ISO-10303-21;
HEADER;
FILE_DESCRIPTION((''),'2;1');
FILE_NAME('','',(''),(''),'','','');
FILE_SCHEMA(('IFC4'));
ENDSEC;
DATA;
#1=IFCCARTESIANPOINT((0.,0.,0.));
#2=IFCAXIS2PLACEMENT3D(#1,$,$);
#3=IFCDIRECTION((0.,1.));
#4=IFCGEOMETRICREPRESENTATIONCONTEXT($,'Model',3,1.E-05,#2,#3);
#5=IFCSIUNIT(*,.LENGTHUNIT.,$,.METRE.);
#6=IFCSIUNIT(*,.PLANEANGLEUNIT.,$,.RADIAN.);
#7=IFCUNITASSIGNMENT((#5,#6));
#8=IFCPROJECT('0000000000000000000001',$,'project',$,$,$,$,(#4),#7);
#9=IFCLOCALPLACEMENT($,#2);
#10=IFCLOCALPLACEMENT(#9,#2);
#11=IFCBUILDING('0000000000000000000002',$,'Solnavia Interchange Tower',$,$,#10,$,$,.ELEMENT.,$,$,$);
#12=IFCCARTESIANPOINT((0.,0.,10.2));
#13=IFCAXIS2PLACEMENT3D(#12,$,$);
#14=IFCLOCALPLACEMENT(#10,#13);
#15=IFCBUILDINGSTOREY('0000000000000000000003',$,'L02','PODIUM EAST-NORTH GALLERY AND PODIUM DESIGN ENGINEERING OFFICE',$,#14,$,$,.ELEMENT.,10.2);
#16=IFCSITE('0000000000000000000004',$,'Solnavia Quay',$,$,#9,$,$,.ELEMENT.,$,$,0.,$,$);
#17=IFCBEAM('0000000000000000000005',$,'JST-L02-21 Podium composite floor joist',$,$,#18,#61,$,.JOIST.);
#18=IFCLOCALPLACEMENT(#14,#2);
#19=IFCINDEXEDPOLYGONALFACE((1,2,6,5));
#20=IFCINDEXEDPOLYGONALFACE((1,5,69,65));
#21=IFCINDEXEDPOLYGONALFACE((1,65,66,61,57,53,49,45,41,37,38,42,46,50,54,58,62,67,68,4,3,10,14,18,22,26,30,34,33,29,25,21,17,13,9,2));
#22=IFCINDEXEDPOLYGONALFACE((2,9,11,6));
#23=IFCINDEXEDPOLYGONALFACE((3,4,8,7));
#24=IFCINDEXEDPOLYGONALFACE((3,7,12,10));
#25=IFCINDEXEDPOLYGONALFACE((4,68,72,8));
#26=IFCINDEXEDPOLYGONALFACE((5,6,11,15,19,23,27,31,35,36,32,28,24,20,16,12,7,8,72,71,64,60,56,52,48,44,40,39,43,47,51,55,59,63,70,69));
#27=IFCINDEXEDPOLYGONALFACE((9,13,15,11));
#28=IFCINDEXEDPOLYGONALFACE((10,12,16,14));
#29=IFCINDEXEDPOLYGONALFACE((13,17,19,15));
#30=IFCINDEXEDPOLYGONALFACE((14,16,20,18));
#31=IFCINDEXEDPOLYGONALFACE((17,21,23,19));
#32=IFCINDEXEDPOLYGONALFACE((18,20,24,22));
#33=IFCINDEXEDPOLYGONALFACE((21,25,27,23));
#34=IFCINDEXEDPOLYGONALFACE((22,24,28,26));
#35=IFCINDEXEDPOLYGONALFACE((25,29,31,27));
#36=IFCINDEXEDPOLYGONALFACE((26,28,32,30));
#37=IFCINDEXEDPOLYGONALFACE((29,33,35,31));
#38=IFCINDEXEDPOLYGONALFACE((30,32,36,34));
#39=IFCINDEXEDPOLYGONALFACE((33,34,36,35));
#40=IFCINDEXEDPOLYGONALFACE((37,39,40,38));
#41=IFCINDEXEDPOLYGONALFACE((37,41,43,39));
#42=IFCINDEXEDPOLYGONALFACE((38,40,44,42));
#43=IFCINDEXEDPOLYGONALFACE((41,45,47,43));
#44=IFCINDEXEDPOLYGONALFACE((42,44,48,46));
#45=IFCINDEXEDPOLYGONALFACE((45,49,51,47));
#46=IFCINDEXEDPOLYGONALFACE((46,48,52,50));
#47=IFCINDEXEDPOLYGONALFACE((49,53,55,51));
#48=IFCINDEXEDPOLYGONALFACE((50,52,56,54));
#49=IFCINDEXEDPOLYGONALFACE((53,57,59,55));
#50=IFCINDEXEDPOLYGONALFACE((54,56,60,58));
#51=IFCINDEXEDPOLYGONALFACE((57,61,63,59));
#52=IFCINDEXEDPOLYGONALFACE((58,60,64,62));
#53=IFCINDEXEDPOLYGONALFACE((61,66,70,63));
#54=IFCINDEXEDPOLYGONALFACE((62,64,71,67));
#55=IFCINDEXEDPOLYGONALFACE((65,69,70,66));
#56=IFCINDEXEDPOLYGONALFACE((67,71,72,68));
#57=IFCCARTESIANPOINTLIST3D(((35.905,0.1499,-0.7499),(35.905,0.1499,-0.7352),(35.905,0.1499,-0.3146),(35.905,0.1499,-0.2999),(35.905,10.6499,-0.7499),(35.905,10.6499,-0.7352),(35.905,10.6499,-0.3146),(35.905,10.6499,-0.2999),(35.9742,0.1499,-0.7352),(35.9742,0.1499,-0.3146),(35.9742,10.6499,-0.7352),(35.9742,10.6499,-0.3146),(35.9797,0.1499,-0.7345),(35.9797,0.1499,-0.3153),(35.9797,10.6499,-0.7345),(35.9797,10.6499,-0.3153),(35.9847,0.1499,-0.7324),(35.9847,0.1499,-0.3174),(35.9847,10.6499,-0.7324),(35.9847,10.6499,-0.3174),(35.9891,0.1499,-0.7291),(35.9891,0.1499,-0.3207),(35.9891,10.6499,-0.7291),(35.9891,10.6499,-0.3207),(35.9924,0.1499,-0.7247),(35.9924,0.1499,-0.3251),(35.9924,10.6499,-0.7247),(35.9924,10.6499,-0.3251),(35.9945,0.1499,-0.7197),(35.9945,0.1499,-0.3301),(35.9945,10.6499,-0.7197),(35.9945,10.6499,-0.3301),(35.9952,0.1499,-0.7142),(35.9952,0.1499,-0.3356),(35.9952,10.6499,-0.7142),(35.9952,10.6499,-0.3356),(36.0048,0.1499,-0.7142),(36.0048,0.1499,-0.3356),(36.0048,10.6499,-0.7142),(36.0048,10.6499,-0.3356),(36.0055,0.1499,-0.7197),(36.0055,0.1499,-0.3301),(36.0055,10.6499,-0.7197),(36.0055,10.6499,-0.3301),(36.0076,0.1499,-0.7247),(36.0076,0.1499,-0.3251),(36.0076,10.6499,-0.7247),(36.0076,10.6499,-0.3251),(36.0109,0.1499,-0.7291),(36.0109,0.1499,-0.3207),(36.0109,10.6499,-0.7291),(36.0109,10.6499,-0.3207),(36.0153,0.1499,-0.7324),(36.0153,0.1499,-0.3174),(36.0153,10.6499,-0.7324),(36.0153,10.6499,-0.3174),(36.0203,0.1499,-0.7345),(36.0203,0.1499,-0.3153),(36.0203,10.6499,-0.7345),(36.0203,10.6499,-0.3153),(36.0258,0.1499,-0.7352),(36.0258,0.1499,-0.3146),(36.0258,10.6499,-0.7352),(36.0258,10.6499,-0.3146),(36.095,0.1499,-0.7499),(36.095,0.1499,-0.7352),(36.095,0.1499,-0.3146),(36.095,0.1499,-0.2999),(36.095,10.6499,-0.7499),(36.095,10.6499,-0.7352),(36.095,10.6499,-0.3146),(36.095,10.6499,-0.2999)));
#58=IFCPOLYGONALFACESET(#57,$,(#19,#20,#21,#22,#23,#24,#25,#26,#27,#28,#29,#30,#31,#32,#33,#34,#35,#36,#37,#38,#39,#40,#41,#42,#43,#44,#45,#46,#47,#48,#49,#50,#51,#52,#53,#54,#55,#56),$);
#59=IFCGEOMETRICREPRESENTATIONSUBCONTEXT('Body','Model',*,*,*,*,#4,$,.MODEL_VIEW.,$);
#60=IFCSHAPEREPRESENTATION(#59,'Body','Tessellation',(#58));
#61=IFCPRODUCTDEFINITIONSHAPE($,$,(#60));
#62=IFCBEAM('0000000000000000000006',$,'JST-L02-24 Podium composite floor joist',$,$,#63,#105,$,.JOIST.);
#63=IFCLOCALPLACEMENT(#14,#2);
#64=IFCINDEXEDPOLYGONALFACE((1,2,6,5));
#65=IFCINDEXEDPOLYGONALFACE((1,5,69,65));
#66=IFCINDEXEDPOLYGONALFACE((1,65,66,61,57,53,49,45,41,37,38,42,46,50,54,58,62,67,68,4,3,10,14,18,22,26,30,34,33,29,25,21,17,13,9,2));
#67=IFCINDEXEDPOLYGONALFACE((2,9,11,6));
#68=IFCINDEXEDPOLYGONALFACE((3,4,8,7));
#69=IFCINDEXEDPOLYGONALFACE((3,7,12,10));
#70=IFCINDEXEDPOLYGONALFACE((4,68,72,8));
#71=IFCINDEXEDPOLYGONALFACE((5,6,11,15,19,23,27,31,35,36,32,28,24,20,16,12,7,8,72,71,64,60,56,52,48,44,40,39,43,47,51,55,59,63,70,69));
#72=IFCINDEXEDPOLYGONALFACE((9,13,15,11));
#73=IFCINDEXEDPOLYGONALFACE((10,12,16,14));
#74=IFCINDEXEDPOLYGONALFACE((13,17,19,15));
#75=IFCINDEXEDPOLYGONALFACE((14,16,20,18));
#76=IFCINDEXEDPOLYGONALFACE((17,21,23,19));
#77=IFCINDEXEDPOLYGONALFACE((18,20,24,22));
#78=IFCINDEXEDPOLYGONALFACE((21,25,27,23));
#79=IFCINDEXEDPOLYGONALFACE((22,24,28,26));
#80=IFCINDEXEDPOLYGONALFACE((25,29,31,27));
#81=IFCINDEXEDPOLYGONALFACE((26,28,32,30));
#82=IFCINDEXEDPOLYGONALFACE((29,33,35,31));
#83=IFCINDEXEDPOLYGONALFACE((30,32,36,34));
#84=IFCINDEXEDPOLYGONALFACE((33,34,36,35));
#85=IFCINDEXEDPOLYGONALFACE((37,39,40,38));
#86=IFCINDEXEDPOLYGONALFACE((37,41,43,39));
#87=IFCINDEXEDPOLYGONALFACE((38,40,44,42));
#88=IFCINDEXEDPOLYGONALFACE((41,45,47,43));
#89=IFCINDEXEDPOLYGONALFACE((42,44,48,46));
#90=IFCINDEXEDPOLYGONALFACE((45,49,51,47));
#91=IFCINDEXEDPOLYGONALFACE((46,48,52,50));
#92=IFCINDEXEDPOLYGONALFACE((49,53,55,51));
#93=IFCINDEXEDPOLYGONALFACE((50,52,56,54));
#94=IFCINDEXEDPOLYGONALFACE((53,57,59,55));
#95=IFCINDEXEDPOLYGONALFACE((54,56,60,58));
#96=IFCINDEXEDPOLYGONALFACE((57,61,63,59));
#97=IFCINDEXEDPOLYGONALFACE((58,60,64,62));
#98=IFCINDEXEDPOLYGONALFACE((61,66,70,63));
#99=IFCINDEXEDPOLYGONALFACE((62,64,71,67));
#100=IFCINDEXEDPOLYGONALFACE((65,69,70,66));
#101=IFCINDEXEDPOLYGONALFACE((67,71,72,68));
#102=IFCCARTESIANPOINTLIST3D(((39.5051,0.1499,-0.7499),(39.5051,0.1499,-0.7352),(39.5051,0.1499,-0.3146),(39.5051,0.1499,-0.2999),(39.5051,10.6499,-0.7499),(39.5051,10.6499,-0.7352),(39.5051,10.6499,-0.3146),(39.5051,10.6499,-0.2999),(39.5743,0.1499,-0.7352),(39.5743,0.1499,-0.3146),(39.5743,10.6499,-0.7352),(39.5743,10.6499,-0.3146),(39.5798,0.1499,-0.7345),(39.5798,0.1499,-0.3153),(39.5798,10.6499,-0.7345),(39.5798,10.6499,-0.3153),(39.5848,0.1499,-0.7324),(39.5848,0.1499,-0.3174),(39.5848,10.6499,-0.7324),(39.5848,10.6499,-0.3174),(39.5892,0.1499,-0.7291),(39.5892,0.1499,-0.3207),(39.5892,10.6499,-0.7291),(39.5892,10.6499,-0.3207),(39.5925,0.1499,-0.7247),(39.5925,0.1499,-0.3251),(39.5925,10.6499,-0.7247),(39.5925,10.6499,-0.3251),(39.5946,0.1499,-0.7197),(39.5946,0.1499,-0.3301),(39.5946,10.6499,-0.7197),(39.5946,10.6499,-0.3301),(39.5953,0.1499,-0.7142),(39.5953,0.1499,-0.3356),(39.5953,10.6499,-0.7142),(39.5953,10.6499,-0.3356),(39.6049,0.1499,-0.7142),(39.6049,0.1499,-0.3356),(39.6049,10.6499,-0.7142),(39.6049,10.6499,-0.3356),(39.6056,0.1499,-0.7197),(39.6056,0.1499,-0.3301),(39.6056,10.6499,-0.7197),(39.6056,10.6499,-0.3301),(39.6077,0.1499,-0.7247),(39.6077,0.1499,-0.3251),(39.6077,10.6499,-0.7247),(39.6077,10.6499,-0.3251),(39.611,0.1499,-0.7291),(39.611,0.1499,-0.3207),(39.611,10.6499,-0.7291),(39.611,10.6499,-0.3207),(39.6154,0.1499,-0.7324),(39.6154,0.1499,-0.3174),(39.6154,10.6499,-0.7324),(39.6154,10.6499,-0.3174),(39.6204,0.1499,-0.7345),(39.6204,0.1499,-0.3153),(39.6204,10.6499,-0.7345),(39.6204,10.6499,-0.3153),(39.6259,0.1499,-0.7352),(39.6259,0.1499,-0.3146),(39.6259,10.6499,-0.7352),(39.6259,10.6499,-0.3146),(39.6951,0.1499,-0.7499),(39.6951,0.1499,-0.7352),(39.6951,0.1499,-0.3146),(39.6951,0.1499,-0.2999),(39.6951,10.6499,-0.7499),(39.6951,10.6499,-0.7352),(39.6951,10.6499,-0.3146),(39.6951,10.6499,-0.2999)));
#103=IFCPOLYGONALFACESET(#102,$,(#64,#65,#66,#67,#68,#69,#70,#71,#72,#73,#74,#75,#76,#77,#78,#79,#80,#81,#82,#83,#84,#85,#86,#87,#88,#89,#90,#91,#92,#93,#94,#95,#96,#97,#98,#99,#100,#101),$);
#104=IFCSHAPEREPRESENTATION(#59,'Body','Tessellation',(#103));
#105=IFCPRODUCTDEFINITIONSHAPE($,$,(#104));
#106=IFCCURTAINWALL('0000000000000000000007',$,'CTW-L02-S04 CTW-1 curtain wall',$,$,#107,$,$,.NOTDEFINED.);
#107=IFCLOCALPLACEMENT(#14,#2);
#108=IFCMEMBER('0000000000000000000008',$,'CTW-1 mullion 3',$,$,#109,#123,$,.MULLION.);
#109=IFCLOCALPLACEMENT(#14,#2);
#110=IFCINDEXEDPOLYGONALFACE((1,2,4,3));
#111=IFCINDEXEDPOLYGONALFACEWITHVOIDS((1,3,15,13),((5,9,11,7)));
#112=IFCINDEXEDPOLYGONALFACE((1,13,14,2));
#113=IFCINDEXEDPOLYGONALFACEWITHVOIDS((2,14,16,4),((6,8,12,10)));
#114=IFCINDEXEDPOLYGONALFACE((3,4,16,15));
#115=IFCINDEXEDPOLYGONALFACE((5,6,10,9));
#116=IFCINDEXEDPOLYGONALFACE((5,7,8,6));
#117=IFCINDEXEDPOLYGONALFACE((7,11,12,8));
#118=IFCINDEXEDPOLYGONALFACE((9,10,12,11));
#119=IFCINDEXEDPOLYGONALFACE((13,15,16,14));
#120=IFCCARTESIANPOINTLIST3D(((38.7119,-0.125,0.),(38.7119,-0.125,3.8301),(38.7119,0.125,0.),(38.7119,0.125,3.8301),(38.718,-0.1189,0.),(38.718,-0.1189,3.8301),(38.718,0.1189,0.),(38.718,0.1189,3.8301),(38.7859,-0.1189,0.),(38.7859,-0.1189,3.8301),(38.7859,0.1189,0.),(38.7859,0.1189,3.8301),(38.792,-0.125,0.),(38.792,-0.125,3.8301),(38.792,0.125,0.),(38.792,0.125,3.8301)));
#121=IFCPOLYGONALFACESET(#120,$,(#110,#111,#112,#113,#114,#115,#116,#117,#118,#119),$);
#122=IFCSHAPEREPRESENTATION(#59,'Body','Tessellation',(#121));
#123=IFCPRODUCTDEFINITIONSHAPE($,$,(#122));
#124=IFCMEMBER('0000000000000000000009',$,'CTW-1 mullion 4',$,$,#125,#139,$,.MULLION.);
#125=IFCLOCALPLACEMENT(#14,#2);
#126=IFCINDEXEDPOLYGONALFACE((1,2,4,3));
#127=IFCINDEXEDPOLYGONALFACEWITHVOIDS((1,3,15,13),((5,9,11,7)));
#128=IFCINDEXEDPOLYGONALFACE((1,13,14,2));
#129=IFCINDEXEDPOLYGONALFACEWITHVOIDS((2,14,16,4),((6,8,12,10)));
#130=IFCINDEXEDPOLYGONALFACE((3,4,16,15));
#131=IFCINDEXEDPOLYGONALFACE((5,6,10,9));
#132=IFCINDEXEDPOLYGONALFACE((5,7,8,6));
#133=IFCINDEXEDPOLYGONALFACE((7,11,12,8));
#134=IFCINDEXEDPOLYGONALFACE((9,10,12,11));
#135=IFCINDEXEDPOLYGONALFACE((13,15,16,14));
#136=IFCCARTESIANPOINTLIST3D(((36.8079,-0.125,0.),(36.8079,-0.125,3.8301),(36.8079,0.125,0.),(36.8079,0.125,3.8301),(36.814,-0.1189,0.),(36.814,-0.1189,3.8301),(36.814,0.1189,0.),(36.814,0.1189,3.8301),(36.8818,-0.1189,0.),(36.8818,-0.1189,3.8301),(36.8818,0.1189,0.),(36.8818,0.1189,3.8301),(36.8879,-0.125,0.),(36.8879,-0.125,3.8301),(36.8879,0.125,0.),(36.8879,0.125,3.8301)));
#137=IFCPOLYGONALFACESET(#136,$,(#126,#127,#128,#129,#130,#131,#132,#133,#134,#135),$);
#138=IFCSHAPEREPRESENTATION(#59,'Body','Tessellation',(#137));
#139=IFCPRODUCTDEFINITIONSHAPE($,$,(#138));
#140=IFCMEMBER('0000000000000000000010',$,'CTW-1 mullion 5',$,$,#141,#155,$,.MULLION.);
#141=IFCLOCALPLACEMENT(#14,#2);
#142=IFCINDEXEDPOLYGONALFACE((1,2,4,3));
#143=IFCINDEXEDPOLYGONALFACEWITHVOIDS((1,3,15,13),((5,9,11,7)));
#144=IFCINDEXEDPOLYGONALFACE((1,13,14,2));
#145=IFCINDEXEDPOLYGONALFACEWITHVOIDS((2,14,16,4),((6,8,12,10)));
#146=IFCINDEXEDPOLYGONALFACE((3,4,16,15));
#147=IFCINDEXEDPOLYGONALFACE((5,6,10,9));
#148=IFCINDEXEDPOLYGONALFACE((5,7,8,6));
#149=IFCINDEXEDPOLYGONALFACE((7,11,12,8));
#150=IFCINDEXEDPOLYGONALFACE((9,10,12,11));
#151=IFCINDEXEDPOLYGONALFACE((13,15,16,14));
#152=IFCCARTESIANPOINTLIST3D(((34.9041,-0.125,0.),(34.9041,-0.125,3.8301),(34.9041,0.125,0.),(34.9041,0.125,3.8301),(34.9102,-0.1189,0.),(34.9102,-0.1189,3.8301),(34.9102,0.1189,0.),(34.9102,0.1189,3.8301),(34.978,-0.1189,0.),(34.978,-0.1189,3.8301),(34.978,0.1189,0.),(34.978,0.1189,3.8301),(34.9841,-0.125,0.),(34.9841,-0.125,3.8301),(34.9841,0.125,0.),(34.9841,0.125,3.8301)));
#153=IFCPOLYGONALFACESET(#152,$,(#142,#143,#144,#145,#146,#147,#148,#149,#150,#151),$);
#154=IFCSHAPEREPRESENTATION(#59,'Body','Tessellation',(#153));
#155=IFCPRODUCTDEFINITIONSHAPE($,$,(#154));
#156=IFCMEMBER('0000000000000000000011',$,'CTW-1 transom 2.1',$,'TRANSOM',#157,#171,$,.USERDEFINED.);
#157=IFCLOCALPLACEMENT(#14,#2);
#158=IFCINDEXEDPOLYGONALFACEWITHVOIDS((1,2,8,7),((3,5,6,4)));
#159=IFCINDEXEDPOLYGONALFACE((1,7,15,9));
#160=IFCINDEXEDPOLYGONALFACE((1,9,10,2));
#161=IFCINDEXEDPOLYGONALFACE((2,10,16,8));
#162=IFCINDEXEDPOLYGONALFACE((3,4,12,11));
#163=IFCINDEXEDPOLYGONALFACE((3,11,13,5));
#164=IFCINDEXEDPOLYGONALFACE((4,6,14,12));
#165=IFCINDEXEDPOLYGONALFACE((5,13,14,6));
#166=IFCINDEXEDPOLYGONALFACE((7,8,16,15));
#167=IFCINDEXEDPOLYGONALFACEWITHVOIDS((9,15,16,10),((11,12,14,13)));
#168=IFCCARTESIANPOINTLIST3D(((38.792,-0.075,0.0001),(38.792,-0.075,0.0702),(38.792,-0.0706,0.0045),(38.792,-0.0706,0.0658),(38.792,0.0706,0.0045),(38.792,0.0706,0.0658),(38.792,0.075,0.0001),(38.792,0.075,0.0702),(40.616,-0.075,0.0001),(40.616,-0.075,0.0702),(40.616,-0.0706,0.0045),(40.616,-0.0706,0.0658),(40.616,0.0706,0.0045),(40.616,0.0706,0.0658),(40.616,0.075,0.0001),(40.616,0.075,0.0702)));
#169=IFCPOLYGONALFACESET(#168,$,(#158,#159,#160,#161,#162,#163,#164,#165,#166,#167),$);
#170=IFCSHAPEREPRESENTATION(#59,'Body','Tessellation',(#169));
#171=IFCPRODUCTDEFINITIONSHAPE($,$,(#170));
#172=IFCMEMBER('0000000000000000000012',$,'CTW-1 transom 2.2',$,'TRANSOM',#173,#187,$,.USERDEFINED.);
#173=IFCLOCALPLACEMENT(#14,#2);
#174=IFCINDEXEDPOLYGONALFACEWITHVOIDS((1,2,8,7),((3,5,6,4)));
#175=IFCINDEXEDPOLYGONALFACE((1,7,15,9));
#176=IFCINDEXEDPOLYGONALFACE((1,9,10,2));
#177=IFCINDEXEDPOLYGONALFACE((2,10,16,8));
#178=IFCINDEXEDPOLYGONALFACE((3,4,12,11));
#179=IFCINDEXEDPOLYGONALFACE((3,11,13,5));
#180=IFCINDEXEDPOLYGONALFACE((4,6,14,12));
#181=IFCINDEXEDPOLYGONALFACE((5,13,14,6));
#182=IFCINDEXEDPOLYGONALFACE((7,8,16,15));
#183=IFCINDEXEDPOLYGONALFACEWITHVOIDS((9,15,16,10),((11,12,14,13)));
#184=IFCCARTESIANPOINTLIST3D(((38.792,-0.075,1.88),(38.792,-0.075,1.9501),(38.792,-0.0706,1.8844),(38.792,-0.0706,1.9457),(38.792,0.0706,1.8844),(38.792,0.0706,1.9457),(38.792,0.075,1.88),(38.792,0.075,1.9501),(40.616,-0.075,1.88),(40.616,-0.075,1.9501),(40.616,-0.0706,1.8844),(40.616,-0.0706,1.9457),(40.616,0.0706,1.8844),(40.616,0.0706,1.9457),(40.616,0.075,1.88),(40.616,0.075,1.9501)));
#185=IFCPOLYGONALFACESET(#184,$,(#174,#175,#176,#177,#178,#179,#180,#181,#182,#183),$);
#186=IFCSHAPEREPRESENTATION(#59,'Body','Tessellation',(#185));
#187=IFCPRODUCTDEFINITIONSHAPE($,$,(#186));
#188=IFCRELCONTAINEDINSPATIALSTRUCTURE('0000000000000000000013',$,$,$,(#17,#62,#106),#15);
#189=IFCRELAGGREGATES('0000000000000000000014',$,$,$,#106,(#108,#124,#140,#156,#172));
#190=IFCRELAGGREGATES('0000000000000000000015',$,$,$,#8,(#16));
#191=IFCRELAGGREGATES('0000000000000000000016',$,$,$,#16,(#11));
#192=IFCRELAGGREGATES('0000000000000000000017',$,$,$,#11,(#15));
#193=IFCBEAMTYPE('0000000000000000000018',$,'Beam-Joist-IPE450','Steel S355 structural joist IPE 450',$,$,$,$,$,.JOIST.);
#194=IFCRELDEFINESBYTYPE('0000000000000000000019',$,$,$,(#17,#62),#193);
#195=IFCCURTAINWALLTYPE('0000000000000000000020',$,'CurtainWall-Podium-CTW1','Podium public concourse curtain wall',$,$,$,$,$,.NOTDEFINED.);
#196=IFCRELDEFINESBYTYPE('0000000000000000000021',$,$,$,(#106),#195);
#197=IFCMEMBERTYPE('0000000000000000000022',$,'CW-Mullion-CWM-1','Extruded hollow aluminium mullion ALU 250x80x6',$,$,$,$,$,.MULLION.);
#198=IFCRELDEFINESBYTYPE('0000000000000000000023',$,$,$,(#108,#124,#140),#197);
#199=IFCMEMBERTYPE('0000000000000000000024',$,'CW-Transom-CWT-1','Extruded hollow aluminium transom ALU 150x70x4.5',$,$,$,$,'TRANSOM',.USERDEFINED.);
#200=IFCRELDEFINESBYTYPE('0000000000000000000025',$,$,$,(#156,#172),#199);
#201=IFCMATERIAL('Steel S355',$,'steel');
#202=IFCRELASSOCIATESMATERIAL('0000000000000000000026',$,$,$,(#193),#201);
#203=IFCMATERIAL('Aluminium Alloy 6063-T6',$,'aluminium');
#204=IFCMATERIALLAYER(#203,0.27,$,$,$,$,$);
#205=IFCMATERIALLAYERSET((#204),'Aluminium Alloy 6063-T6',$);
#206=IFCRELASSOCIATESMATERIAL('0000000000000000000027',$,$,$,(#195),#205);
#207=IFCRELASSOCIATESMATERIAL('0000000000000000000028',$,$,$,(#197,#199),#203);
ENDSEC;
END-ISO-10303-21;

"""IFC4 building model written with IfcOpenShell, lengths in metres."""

from ifc_helpers import new_model, si_unit, direction, frame, origin, origin_2d, place, context, subcontext, project, spatial, hollow_rectangle, i_section, extrude, material, layer, layer_set, material_profile, profile_set, type_object, element, aggregate, save


model = new_model("IFC4")

# Units and contexts
model_context = context("Model", 3, precision=1e-05, world=origin(), true_north=direction((0.0, 1.0)))
body_context = subcontext(model_context, "Body", "Model", "MODEL_VIEW")
ifc_project = project(units=[si_unit("LENGTHUNIT", "METRE"), si_unit("PLANEANGLEUNIT", "RADIAN")], contexts=[model_context])

# Site, building, storey
site_placement = place(None, origin())
site = spatial("IfcSite", under=ifc_project, at=site_placement, Name="Solnavia Quay", CompositionType="ELEMENT", RefElevation=0.0)
building_placement = place(site_placement, origin())
building = spatial("IfcBuilding", under=site, at=building_placement, Name="Solnavia Interchange Tower", CompositionType="ELEMENT")
storey_placement = place(building_placement, frame((0.0, 0.0, 10.2)))
storey = spatial("IfcBuildingStorey", under=building, at=storey_placement, Name="L02", Description="PODIUM EAST-NORTH GALLERY AND PODIUM DESIGN ENGINEERING OFFICE", CompositionType="ELEMENT", Elevation=10.2)

# Beams
ifc_material_1 = material(Name="Steel S355", Category="steel")
ifc_material_profile_1 = material_profile(ifc_material_1, i_section(OverallWidth=0.1899, OverallDepth=0.45, WebThickness=0.0095, FlangeThickness=0.0146, FilletRadius=0.021, at=origin_2d()), Name="IPE 450")
ifc_profile_set_1 = profile_set([ifc_material_profile_1], Name="Steel S355")
beam_type = type_object("IfcBeamType", Name="Beam-Joist-IPE450", Description="Steel S355 structural joist IPE 450", PredefinedType="JOIST", material=ifc_profile_set_1)
for number, where, z_axis, x_axis, name in (
    (1, (36.0, 0.1499, -0.5249), (0.0, 1.0, 0.0), (-1.0, 0.0, 0.0), "JST-L02-21 Podium composite floor joist"),
    (2, (39.6001, 0.1499, -0.5249), (0.0, 1.0, 0.0), (-1.0, 0.0, 0.0), "JST-L02-24 Podium composite floor joist"),
):
    element("IfcBeam", number, at=place(storey_placement, frame(where, z_axis=z_axis, x_axis=x_axis)), inside=storey, type_object=beam_type, Name=name, PredefinedType="JOIST", context=body_context, shape_type="SweptSolid", body=[
        extrude(i_section(OverallWidth=0.1899, OverallDepth=0.45, WebThickness=0.0095, FlangeThickness=0.0146, FilletRadius=0.021, at=origin_2d()), origin(), (0.0, 0.0, 1.0), 10.5),
    ])

# Curtain wall, members
ifc_material_2 = material(Name="Aluminium Alloy 6063-T6", Category="aluminium")
ifc_layer_1 = layer(ifc_material_2, 0.27)
ifc_layer_set_1 = layer_set([ifc_layer_1], Name="Aluminium Alloy 6063-T6")
curtain_wall_type = type_object("IfcCurtainWallType", Name="CurtainWall-Podium-CTW1", Description="Podium public concourse curtain wall", PredefinedType="NOTDEFINED", material=ifc_layer_set_1)
curtain_wall_placement = place(storey_placement, origin())
curtain_wall = element("IfcCurtainWall", 3, at=curtain_wall_placement, inside=storey, type_object=curtain_wall_type, Name="CTW-L02-S04 CTW-1 curtain wall", PredefinedType="NOTDEFINED")
ifc_material_profile_2 = material_profile(ifc_material_2, hollow_rectangle(XDim=0.0801, YDim=0.25, WallThickness=0.0061, at=origin_2d()), Name="ALU 250x80x6")
ifc_profile_set_2 = profile_set([ifc_material_profile_2], Name="Aluminium Alloy 6063-T6")
member_type_1 = type_object("IfcMemberType", Name="CW-Mullion-CWM-1", Description="Extruded hollow aluminium mullion ALU 250x80x6", PredefinedType="MULLION", material=ifc_profile_set_2)
member_1_placement = place(storey_placement, frame((38.752, 0.0, 0.0), z_axis=(0.0, 0.0, 1.0), x_axis=(-1.0, 0.0, 0.0)))
member_1 = element("IfcMember", 4, at=member_1_placement, type_object=member_type_1, Name="CTW-1 mullion 3", PredefinedType="MULLION", context=body_context, shape_type="SweptSolid", body=[
    extrude(hollow_rectangle(XDim=0.0801, YDim=0.25, WallThickness=0.0061, at=origin_2d()), origin(), (0.0, 0.0, 1.0), 3.8301),
])
member_2_placement = place(storey_placement, frame((36.8479, 0.0, 0.0), z_axis=(0.0, 0.0, 1.0), x_axis=(-1.0, 0.0, 0.0)))
member_2 = element("IfcMember", 5, at=member_2_placement, type_object=member_type_1, Name="CTW-1 mullion 4", PredefinedType="MULLION", context=body_context, shape_type="SweptSolid", body=[
    extrude(hollow_rectangle(XDim=0.0801, YDim=0.25, WallThickness=0.0061, at=origin_2d()), origin(), (0.0, 0.0, 1.0), 3.8301),
])
member_3_placement = place(storey_placement, frame((34.9441, 0.0, 0.0), z_axis=(0.0, 0.0, 1.0), x_axis=(-1.0, 0.0, 0.0)))
member_3 = element("IfcMember", 6, at=member_3_placement, type_object=member_type_1, Name="CTW-1 mullion 5", PredefinedType="MULLION", context=body_context, shape_type="SweptSolid", body=[
    extrude(hollow_rectangle(XDim=0.0801, YDim=0.25, WallThickness=0.0061, at=origin_2d()), origin(), (0.0, 0.0, 1.0), 3.8301),
])
ifc_material_profile_3 = material_profile(ifc_material_2, hollow_rectangle(XDim=0.0701, YDim=0.1499, WallThickness=0.0044, at=origin_2d()), Name="ALU 150x70x4.5")
ifc_profile_set_3 = profile_set([ifc_material_profile_3], Name="Aluminium Alloy 6063-T6")
member_type_2 = type_object("IfcMemberType", Name="CW-Transom-CWT-1", Description="Extruded hollow aluminium transom ALU 150x70x4.5", ElementType="TRANSOM", PredefinedType="USERDEFINED", material=ifc_profile_set_3)
member_4_placement = place(storey_placement, frame((40.616, 0.0, 0.0352), z_axis=(-1.0, 0.0, 0.0), x_axis=(0.0, 0.0, 1.0)))
member_4 = element("IfcMember", 7, at=member_4_placement, type_object=member_type_2, Name="CTW-1 transom 2.1", ObjectType="TRANSOM", PredefinedType="USERDEFINED", context=body_context, shape_type="SweptSolid", body=[
    extrude(hollow_rectangle(XDim=0.0701, YDim=0.1499, WallThickness=0.0044, at=origin_2d()), origin(), (0.0, 0.0, 1.0), 1.824),
])
member_5_placement = place(storey_placement, frame((40.616, 0.0, 1.915), z_axis=(-1.0, 0.0, 0.0), x_axis=(0.0, 0.0, 1.0)))
member_5 = element("IfcMember", 8, at=member_5_placement, type_object=member_type_2, Name="CTW-1 transom 2.2", ObjectType="TRANSOM", PredefinedType="USERDEFINED", context=body_context, shape_type="SweptSolid", body=[
    extrude(hollow_rectangle(XDim=0.0701, YDim=0.1499, WallThickness=0.0044, at=origin_2d()), origin(), (0.0, 0.0, 1.0), 1.824),
])
aggregate(curtain_wall, [member_1, member_2, member_3, member_4, member_5])

save(model, "model.ifc")
